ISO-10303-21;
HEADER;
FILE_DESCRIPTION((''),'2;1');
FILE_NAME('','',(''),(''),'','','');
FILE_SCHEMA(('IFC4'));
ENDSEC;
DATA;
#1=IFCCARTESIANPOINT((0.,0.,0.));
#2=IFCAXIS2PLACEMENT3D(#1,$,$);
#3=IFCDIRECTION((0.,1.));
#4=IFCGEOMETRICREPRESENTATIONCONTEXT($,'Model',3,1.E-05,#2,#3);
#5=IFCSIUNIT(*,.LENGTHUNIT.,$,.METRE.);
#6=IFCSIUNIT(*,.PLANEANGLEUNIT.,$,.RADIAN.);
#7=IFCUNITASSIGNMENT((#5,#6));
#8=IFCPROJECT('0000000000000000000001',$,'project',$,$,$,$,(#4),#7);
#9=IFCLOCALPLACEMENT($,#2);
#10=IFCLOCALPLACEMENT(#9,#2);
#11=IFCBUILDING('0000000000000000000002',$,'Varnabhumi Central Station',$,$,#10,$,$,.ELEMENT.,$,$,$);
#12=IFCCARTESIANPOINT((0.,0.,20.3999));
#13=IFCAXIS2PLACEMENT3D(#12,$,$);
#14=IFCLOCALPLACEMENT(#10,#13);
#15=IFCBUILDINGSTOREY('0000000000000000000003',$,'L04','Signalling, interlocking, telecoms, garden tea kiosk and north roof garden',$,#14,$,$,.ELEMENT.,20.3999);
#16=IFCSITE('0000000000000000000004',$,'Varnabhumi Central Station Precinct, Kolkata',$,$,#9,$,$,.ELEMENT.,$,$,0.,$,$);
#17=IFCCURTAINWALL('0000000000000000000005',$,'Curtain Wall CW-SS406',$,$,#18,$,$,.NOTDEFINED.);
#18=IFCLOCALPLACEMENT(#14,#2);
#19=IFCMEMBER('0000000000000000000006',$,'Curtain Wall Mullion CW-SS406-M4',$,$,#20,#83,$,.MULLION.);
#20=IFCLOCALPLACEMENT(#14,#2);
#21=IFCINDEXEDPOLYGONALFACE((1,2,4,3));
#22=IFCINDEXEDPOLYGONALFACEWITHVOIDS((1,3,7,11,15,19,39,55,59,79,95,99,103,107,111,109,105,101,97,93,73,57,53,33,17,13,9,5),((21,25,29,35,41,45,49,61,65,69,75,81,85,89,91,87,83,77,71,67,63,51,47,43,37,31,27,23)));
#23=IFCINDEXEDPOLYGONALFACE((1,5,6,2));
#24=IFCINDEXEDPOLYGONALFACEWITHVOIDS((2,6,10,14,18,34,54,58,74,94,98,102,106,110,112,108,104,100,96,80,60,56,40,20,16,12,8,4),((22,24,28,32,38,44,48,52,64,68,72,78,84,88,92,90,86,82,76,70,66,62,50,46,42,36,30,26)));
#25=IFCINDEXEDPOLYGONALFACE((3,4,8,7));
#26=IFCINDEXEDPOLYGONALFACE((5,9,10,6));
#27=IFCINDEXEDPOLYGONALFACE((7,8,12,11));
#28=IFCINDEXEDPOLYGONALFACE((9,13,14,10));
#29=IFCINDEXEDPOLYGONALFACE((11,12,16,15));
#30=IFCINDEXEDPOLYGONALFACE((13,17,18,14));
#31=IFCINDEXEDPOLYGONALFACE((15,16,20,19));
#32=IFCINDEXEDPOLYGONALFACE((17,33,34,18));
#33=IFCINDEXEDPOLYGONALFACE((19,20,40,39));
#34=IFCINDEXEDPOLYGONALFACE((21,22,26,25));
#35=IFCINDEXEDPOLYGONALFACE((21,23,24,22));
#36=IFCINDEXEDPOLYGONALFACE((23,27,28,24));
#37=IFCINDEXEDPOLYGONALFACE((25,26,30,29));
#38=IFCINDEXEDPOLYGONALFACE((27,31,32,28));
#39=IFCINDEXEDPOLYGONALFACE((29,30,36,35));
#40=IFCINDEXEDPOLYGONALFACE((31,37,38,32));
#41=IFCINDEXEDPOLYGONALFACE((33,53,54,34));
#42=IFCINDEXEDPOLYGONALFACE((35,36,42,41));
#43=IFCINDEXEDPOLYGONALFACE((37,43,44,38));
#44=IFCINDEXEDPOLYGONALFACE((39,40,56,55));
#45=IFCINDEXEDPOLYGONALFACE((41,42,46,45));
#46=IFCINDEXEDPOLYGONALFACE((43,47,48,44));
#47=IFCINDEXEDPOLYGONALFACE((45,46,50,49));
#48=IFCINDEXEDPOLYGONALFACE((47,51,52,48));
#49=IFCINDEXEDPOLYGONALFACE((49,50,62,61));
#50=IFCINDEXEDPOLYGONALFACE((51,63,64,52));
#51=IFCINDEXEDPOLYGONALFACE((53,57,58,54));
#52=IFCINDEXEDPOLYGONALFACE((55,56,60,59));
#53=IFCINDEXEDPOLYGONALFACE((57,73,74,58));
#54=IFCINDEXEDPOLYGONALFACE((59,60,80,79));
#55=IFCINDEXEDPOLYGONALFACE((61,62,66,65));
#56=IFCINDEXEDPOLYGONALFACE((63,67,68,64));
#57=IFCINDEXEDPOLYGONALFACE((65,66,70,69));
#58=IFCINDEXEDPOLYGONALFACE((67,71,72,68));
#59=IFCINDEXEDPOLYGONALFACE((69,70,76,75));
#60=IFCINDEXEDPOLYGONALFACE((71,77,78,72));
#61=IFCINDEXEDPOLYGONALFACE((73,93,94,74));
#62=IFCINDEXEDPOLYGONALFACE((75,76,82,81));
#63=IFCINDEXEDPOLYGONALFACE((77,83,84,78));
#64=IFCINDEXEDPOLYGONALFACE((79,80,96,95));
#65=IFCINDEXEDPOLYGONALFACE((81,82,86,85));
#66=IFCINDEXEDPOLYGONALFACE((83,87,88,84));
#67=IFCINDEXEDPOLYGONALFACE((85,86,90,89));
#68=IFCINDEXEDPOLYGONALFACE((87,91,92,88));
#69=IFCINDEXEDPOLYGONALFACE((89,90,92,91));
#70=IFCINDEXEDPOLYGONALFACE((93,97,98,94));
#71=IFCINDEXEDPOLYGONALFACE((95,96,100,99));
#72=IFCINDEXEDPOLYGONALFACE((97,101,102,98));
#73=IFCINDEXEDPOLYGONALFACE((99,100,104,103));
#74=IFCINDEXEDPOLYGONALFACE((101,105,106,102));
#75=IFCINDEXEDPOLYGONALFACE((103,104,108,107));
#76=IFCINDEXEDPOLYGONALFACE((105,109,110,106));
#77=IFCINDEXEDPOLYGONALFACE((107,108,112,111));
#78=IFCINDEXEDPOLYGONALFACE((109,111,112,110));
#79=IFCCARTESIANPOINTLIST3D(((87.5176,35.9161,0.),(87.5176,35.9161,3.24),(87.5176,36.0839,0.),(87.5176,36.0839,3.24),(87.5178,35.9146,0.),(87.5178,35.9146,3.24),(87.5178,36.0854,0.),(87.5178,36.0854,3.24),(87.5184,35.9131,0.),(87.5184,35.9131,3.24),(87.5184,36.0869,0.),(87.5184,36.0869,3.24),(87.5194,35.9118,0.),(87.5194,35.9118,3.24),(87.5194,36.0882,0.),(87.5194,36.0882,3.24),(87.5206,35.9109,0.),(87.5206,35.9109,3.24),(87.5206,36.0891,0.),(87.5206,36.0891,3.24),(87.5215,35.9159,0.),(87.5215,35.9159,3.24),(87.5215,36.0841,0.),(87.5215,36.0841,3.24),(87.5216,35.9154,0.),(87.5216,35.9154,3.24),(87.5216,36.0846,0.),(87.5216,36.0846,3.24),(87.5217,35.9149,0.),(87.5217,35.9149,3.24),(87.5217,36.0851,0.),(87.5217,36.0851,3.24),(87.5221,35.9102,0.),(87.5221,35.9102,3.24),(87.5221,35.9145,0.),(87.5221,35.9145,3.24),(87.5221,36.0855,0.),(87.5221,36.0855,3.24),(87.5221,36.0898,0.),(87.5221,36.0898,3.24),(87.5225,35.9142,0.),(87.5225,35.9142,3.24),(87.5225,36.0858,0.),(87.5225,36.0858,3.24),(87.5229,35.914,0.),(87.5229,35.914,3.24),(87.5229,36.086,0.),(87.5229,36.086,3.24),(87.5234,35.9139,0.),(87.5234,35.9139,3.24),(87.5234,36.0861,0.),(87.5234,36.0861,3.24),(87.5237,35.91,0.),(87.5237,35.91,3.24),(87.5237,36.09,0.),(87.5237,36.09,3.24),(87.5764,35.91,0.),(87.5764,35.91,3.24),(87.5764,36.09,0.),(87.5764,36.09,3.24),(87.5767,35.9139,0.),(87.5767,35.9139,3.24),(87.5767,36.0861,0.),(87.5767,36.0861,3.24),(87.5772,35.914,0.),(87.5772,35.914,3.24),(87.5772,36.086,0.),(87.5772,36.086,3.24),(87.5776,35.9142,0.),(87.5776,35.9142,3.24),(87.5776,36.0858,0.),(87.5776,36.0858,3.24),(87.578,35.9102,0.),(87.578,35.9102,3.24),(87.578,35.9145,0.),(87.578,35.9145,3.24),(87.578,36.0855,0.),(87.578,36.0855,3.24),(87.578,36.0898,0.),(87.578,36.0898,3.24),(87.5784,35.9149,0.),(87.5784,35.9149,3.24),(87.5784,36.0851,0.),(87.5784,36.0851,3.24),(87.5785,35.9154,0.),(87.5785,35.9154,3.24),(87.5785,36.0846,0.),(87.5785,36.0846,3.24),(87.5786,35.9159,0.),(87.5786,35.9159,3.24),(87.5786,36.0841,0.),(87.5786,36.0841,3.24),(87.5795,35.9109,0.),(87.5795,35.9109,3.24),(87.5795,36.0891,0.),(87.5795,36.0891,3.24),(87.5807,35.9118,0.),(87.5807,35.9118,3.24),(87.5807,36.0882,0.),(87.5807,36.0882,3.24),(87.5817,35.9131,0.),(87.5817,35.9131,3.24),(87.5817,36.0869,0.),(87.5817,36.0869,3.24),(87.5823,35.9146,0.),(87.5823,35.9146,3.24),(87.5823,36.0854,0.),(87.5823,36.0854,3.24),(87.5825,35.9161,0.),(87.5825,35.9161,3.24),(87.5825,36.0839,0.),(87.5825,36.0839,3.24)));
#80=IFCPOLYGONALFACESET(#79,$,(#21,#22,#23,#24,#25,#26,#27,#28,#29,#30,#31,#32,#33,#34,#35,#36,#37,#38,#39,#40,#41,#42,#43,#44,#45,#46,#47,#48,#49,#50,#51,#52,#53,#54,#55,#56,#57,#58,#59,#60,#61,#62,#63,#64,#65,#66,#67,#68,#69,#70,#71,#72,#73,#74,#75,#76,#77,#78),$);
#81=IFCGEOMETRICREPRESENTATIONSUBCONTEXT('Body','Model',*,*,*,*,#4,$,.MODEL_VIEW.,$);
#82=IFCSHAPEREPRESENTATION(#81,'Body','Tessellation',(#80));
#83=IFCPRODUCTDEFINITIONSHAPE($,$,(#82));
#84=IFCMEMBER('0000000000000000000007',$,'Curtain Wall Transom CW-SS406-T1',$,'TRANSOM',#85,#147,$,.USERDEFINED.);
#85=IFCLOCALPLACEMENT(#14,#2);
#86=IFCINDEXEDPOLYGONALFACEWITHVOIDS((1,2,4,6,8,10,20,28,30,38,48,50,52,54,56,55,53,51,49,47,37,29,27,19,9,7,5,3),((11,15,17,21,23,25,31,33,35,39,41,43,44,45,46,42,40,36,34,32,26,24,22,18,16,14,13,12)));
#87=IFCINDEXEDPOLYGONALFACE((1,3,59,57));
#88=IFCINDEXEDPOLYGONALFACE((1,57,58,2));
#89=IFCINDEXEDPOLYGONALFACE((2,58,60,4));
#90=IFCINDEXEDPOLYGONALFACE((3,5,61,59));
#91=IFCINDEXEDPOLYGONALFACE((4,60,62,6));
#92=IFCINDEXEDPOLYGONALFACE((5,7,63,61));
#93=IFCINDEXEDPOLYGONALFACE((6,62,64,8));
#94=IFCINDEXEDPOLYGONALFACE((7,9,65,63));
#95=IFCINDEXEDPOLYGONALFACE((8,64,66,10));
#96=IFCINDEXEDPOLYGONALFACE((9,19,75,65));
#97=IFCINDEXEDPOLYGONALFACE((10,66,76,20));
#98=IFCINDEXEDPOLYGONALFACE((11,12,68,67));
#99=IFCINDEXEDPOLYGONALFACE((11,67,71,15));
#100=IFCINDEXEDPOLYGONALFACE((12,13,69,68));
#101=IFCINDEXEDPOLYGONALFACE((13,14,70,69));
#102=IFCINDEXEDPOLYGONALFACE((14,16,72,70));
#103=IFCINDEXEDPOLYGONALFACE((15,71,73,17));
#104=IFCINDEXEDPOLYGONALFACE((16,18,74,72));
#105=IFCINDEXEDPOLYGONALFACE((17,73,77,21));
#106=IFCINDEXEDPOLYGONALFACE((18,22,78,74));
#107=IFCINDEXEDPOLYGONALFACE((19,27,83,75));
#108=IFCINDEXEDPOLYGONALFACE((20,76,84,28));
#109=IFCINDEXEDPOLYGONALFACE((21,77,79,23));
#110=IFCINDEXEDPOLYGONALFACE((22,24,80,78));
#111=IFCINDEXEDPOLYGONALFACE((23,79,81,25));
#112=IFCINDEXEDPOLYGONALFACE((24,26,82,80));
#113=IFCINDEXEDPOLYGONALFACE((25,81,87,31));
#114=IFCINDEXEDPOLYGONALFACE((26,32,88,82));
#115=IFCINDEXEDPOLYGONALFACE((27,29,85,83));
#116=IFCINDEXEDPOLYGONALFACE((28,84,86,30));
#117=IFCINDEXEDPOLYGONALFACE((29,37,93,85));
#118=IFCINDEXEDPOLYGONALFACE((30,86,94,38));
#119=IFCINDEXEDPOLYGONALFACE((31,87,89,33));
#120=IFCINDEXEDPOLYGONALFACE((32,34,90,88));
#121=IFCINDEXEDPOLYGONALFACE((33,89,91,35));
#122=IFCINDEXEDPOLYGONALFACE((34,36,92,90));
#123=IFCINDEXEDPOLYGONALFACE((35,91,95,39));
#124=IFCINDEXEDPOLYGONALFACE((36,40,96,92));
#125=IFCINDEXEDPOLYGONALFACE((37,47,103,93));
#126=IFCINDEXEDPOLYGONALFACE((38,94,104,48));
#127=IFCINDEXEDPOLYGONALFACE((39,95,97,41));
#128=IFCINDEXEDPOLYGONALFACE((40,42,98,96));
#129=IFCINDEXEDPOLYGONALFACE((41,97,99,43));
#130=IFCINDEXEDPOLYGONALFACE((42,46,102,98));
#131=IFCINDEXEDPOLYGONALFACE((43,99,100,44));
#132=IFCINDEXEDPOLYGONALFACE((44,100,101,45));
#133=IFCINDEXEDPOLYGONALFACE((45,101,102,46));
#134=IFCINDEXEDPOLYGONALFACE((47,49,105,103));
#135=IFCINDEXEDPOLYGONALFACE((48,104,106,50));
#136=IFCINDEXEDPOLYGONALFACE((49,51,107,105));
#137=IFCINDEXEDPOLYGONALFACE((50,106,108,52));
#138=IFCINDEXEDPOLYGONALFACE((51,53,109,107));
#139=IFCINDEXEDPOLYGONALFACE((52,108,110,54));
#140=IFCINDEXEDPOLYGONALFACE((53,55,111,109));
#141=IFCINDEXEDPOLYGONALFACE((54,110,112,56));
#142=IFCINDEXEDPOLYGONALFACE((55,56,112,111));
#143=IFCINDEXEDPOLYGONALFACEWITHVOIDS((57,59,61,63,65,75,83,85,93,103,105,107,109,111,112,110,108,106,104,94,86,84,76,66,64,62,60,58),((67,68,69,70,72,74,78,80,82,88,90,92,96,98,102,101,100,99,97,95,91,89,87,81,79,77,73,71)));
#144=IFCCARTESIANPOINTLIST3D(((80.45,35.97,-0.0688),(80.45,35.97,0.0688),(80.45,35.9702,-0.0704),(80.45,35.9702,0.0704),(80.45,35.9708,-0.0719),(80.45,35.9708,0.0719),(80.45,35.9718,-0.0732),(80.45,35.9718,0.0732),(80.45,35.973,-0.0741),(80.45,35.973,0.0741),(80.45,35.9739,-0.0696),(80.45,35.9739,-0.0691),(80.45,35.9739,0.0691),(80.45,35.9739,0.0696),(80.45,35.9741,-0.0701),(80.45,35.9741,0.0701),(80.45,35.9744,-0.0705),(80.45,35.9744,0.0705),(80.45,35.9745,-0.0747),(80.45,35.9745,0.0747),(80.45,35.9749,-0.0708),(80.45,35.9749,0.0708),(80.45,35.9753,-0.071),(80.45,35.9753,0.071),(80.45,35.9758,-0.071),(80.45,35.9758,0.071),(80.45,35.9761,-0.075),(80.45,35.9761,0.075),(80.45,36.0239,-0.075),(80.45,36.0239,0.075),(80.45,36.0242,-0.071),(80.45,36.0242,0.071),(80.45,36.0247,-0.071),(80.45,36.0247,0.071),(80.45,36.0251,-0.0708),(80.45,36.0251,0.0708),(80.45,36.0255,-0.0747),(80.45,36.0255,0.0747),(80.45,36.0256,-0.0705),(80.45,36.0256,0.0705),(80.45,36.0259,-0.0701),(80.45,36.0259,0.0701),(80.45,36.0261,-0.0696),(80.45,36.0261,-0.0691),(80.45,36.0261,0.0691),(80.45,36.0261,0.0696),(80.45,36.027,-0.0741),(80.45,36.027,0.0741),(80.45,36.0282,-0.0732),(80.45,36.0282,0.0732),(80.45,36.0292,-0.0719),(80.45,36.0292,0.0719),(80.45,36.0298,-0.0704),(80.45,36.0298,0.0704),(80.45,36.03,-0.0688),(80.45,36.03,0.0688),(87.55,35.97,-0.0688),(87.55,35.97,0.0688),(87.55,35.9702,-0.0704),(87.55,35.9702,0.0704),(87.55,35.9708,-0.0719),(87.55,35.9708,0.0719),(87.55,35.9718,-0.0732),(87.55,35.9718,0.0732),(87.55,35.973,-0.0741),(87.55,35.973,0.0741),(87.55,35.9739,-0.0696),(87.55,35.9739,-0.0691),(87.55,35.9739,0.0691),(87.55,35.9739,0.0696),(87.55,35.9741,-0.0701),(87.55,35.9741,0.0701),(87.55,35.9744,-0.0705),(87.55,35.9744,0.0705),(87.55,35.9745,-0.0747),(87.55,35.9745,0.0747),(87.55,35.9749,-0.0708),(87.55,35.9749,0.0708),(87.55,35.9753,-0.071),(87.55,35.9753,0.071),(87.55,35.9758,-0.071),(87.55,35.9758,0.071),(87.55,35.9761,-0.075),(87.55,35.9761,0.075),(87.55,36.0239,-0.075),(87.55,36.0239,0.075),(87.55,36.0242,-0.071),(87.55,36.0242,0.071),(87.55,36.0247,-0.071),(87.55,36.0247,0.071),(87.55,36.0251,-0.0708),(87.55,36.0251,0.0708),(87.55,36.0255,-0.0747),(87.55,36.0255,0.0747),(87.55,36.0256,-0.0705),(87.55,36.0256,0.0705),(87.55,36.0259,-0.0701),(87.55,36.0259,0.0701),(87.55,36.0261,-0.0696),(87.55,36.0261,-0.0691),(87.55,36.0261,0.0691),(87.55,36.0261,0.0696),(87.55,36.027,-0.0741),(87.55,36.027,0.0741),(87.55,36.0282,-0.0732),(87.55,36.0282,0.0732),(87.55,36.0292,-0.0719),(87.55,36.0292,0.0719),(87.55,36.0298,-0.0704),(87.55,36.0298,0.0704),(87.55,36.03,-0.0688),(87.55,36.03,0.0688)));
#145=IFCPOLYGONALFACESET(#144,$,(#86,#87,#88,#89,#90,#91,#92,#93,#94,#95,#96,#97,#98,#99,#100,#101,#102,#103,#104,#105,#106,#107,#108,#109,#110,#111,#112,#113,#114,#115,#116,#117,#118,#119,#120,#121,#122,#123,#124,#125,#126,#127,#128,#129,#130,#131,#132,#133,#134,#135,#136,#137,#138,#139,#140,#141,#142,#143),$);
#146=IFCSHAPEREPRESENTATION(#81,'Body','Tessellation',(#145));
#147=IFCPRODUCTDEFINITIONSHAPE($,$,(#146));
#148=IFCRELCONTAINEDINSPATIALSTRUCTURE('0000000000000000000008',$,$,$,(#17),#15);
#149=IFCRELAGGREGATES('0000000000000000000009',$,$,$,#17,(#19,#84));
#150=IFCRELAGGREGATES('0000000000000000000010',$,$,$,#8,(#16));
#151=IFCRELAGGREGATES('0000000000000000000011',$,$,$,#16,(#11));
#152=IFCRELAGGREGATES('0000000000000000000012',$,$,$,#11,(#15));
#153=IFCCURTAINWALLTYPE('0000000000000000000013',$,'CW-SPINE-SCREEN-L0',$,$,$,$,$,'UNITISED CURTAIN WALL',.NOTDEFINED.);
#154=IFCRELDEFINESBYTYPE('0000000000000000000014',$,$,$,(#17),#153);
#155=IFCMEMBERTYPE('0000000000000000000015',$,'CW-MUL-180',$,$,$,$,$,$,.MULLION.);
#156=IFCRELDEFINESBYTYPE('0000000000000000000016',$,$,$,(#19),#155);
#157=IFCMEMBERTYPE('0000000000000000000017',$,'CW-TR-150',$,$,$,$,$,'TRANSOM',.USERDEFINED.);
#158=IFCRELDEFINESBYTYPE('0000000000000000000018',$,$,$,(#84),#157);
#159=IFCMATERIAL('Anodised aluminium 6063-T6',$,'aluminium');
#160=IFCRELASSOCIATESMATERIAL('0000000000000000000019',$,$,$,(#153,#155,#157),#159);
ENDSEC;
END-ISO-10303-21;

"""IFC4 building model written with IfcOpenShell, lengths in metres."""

from ifc_helpers import new_model, si_unit, direction, frame, origin, origin_2d, place, context, subcontext, project, spatial, hollow_rectangle, extrude, material, material_profile, profile_set, type_object, element, aggregate, save


model = new_model("IFC4")

# Units and contexts
model_context = context("Model", 3, precision=1e-05, world=origin(), true_north=direction((0.0, 1.0)))
body_context = subcontext(model_context, "Body", "Model", "MODEL_VIEW")
ifc_project = project(units=[si_unit("LENGTHUNIT", "METRE"), si_unit("PLANEANGLEUNIT", "RADIAN")], contexts=[model_context])

# Site, building, storey
site_placement = place(None, origin())
site = spatial("IfcSite", under=ifc_project, at=site_placement, Name="Varnabhumi Central Station Precinct, Kolkata", CompositionType="ELEMENT", RefElevation=0.0)
building_placement = place(site_placement, origin())
building = spatial("IfcBuilding", under=site, at=building_placement, Name="Varnabhumi Central Station", CompositionType="ELEMENT")
storey_placement = place(building_placement, frame((0.0, 0.0, 20.3999)))
storey = spatial("IfcBuildingStorey", under=building, at=storey_placement, Name="L04", Description="Signalling, interlocking, telecoms, garden tea kiosk and north roof garden", CompositionType="ELEMENT", Elevation=20.3999)

# Curtain wall, members
ifc_material_1 = material(Name="Anodised aluminium 6063-T6", Category="aluminium")
curtain_wall_type = type_object("IfcCurtainWallType", Name="CW-SPINE-SCREEN-L0", ElementType="UNITISED CURTAIN WALL", PredefinedType="NOTDEFINED", material=ifc_material_1)
curtain_wall_placement = place(storey_placement, origin())
curtain_wall = element("IfcCurtainWall", 1, at=curtain_wall_placement, inside=storey, type_object=curtain_wall_type, Name="Curtain Wall CW-SS406", PredefinedType="NOTDEFINED")
ifc_material_profile_1 = material_profile(ifc_material_1, hollow_rectangle(XDim=0.0649, YDim=0.1799, WallThickness=0.0039, InnerFilletRadius=0.002, OuterFilletRadius=0.0061, at=origin_2d()), Name="Anodised aluminium 6063-T6", Category="aluminium")
ifc_profile_set_1 = profile_set([ifc_material_profile_1], Name="Anodised aluminium 6063-T6")
member_type_1 = type_object("IfcMemberType", Name="CW-MUL-180", PredefinedType="MULLION", material=ifc_profile_set_1)
member_1_placement = place(storey_placement, frame((87.55, 36.0, 0.0), z_axis=(0.0, 0.0, 1.0), x_axis=(1.0, 0.0, 0.0)))
member_1 = element("IfcMember", 2, at=member_1_placement, type_object=member_type_1, Name="Curtain Wall Mullion CW-SS406-M4", PredefinedType="MULLION", context=body_context, shape_type="SweptSolid", body=[
    extrude(hollow_rectangle(XDim=0.0649, YDim=0.1799, WallThickness=0.0039, InnerFilletRadius=0.002, OuterFilletRadius=0.0061, at=origin_2d()), origin(), (0.0, 0.0, 1.0), 3.24),
])
ifc_material_profile_2 = material_profile(ifc_material_1, hollow_rectangle(XDim=0.0601, YDim=0.1499, WallThickness=0.0039, InnerFilletRadius=0.002, OuterFilletRadius=0.0061, at=origin_2d()), Name="Anodised aluminium 6063-T6", Category="aluminium")
ifc_profile_set_2 = profile_set([ifc_material_profile_2], Name="Anodised aluminium 6063-T6")
member_type_2 = type_object("IfcMemberType", Name="CW-TR-150", ElementType="TRANSOM", PredefinedType="USERDEFINED", material=ifc_profile_set_2)
member_2_placement = place(storey_placement, frame((80.45, 36.0, 0.0), z_axis=(1.0, 0.0, 0.0), x_axis=(0.0, 1.0, 0.0)))
member_2 = element("IfcMember", 3, at=member_2_placement, type_object=member_type_2, Name="Curtain Wall Transom CW-SS406-T1", ObjectType="TRANSOM", PredefinedType="USERDEFINED", context=body_context, shape_type="SweptSolid", body=[
    extrude(hollow_rectangle(XDim=0.0601, YDim=0.1499, WallThickness=0.0039, InnerFilletRadius=0.002, OuterFilletRadius=0.0061, at=origin_2d()), origin(), (0.0, 0.0, 1.0), 7.1001),
])
aggregate(curtain_wall, [member_1, member_2])

save(model, "model.ifc")
